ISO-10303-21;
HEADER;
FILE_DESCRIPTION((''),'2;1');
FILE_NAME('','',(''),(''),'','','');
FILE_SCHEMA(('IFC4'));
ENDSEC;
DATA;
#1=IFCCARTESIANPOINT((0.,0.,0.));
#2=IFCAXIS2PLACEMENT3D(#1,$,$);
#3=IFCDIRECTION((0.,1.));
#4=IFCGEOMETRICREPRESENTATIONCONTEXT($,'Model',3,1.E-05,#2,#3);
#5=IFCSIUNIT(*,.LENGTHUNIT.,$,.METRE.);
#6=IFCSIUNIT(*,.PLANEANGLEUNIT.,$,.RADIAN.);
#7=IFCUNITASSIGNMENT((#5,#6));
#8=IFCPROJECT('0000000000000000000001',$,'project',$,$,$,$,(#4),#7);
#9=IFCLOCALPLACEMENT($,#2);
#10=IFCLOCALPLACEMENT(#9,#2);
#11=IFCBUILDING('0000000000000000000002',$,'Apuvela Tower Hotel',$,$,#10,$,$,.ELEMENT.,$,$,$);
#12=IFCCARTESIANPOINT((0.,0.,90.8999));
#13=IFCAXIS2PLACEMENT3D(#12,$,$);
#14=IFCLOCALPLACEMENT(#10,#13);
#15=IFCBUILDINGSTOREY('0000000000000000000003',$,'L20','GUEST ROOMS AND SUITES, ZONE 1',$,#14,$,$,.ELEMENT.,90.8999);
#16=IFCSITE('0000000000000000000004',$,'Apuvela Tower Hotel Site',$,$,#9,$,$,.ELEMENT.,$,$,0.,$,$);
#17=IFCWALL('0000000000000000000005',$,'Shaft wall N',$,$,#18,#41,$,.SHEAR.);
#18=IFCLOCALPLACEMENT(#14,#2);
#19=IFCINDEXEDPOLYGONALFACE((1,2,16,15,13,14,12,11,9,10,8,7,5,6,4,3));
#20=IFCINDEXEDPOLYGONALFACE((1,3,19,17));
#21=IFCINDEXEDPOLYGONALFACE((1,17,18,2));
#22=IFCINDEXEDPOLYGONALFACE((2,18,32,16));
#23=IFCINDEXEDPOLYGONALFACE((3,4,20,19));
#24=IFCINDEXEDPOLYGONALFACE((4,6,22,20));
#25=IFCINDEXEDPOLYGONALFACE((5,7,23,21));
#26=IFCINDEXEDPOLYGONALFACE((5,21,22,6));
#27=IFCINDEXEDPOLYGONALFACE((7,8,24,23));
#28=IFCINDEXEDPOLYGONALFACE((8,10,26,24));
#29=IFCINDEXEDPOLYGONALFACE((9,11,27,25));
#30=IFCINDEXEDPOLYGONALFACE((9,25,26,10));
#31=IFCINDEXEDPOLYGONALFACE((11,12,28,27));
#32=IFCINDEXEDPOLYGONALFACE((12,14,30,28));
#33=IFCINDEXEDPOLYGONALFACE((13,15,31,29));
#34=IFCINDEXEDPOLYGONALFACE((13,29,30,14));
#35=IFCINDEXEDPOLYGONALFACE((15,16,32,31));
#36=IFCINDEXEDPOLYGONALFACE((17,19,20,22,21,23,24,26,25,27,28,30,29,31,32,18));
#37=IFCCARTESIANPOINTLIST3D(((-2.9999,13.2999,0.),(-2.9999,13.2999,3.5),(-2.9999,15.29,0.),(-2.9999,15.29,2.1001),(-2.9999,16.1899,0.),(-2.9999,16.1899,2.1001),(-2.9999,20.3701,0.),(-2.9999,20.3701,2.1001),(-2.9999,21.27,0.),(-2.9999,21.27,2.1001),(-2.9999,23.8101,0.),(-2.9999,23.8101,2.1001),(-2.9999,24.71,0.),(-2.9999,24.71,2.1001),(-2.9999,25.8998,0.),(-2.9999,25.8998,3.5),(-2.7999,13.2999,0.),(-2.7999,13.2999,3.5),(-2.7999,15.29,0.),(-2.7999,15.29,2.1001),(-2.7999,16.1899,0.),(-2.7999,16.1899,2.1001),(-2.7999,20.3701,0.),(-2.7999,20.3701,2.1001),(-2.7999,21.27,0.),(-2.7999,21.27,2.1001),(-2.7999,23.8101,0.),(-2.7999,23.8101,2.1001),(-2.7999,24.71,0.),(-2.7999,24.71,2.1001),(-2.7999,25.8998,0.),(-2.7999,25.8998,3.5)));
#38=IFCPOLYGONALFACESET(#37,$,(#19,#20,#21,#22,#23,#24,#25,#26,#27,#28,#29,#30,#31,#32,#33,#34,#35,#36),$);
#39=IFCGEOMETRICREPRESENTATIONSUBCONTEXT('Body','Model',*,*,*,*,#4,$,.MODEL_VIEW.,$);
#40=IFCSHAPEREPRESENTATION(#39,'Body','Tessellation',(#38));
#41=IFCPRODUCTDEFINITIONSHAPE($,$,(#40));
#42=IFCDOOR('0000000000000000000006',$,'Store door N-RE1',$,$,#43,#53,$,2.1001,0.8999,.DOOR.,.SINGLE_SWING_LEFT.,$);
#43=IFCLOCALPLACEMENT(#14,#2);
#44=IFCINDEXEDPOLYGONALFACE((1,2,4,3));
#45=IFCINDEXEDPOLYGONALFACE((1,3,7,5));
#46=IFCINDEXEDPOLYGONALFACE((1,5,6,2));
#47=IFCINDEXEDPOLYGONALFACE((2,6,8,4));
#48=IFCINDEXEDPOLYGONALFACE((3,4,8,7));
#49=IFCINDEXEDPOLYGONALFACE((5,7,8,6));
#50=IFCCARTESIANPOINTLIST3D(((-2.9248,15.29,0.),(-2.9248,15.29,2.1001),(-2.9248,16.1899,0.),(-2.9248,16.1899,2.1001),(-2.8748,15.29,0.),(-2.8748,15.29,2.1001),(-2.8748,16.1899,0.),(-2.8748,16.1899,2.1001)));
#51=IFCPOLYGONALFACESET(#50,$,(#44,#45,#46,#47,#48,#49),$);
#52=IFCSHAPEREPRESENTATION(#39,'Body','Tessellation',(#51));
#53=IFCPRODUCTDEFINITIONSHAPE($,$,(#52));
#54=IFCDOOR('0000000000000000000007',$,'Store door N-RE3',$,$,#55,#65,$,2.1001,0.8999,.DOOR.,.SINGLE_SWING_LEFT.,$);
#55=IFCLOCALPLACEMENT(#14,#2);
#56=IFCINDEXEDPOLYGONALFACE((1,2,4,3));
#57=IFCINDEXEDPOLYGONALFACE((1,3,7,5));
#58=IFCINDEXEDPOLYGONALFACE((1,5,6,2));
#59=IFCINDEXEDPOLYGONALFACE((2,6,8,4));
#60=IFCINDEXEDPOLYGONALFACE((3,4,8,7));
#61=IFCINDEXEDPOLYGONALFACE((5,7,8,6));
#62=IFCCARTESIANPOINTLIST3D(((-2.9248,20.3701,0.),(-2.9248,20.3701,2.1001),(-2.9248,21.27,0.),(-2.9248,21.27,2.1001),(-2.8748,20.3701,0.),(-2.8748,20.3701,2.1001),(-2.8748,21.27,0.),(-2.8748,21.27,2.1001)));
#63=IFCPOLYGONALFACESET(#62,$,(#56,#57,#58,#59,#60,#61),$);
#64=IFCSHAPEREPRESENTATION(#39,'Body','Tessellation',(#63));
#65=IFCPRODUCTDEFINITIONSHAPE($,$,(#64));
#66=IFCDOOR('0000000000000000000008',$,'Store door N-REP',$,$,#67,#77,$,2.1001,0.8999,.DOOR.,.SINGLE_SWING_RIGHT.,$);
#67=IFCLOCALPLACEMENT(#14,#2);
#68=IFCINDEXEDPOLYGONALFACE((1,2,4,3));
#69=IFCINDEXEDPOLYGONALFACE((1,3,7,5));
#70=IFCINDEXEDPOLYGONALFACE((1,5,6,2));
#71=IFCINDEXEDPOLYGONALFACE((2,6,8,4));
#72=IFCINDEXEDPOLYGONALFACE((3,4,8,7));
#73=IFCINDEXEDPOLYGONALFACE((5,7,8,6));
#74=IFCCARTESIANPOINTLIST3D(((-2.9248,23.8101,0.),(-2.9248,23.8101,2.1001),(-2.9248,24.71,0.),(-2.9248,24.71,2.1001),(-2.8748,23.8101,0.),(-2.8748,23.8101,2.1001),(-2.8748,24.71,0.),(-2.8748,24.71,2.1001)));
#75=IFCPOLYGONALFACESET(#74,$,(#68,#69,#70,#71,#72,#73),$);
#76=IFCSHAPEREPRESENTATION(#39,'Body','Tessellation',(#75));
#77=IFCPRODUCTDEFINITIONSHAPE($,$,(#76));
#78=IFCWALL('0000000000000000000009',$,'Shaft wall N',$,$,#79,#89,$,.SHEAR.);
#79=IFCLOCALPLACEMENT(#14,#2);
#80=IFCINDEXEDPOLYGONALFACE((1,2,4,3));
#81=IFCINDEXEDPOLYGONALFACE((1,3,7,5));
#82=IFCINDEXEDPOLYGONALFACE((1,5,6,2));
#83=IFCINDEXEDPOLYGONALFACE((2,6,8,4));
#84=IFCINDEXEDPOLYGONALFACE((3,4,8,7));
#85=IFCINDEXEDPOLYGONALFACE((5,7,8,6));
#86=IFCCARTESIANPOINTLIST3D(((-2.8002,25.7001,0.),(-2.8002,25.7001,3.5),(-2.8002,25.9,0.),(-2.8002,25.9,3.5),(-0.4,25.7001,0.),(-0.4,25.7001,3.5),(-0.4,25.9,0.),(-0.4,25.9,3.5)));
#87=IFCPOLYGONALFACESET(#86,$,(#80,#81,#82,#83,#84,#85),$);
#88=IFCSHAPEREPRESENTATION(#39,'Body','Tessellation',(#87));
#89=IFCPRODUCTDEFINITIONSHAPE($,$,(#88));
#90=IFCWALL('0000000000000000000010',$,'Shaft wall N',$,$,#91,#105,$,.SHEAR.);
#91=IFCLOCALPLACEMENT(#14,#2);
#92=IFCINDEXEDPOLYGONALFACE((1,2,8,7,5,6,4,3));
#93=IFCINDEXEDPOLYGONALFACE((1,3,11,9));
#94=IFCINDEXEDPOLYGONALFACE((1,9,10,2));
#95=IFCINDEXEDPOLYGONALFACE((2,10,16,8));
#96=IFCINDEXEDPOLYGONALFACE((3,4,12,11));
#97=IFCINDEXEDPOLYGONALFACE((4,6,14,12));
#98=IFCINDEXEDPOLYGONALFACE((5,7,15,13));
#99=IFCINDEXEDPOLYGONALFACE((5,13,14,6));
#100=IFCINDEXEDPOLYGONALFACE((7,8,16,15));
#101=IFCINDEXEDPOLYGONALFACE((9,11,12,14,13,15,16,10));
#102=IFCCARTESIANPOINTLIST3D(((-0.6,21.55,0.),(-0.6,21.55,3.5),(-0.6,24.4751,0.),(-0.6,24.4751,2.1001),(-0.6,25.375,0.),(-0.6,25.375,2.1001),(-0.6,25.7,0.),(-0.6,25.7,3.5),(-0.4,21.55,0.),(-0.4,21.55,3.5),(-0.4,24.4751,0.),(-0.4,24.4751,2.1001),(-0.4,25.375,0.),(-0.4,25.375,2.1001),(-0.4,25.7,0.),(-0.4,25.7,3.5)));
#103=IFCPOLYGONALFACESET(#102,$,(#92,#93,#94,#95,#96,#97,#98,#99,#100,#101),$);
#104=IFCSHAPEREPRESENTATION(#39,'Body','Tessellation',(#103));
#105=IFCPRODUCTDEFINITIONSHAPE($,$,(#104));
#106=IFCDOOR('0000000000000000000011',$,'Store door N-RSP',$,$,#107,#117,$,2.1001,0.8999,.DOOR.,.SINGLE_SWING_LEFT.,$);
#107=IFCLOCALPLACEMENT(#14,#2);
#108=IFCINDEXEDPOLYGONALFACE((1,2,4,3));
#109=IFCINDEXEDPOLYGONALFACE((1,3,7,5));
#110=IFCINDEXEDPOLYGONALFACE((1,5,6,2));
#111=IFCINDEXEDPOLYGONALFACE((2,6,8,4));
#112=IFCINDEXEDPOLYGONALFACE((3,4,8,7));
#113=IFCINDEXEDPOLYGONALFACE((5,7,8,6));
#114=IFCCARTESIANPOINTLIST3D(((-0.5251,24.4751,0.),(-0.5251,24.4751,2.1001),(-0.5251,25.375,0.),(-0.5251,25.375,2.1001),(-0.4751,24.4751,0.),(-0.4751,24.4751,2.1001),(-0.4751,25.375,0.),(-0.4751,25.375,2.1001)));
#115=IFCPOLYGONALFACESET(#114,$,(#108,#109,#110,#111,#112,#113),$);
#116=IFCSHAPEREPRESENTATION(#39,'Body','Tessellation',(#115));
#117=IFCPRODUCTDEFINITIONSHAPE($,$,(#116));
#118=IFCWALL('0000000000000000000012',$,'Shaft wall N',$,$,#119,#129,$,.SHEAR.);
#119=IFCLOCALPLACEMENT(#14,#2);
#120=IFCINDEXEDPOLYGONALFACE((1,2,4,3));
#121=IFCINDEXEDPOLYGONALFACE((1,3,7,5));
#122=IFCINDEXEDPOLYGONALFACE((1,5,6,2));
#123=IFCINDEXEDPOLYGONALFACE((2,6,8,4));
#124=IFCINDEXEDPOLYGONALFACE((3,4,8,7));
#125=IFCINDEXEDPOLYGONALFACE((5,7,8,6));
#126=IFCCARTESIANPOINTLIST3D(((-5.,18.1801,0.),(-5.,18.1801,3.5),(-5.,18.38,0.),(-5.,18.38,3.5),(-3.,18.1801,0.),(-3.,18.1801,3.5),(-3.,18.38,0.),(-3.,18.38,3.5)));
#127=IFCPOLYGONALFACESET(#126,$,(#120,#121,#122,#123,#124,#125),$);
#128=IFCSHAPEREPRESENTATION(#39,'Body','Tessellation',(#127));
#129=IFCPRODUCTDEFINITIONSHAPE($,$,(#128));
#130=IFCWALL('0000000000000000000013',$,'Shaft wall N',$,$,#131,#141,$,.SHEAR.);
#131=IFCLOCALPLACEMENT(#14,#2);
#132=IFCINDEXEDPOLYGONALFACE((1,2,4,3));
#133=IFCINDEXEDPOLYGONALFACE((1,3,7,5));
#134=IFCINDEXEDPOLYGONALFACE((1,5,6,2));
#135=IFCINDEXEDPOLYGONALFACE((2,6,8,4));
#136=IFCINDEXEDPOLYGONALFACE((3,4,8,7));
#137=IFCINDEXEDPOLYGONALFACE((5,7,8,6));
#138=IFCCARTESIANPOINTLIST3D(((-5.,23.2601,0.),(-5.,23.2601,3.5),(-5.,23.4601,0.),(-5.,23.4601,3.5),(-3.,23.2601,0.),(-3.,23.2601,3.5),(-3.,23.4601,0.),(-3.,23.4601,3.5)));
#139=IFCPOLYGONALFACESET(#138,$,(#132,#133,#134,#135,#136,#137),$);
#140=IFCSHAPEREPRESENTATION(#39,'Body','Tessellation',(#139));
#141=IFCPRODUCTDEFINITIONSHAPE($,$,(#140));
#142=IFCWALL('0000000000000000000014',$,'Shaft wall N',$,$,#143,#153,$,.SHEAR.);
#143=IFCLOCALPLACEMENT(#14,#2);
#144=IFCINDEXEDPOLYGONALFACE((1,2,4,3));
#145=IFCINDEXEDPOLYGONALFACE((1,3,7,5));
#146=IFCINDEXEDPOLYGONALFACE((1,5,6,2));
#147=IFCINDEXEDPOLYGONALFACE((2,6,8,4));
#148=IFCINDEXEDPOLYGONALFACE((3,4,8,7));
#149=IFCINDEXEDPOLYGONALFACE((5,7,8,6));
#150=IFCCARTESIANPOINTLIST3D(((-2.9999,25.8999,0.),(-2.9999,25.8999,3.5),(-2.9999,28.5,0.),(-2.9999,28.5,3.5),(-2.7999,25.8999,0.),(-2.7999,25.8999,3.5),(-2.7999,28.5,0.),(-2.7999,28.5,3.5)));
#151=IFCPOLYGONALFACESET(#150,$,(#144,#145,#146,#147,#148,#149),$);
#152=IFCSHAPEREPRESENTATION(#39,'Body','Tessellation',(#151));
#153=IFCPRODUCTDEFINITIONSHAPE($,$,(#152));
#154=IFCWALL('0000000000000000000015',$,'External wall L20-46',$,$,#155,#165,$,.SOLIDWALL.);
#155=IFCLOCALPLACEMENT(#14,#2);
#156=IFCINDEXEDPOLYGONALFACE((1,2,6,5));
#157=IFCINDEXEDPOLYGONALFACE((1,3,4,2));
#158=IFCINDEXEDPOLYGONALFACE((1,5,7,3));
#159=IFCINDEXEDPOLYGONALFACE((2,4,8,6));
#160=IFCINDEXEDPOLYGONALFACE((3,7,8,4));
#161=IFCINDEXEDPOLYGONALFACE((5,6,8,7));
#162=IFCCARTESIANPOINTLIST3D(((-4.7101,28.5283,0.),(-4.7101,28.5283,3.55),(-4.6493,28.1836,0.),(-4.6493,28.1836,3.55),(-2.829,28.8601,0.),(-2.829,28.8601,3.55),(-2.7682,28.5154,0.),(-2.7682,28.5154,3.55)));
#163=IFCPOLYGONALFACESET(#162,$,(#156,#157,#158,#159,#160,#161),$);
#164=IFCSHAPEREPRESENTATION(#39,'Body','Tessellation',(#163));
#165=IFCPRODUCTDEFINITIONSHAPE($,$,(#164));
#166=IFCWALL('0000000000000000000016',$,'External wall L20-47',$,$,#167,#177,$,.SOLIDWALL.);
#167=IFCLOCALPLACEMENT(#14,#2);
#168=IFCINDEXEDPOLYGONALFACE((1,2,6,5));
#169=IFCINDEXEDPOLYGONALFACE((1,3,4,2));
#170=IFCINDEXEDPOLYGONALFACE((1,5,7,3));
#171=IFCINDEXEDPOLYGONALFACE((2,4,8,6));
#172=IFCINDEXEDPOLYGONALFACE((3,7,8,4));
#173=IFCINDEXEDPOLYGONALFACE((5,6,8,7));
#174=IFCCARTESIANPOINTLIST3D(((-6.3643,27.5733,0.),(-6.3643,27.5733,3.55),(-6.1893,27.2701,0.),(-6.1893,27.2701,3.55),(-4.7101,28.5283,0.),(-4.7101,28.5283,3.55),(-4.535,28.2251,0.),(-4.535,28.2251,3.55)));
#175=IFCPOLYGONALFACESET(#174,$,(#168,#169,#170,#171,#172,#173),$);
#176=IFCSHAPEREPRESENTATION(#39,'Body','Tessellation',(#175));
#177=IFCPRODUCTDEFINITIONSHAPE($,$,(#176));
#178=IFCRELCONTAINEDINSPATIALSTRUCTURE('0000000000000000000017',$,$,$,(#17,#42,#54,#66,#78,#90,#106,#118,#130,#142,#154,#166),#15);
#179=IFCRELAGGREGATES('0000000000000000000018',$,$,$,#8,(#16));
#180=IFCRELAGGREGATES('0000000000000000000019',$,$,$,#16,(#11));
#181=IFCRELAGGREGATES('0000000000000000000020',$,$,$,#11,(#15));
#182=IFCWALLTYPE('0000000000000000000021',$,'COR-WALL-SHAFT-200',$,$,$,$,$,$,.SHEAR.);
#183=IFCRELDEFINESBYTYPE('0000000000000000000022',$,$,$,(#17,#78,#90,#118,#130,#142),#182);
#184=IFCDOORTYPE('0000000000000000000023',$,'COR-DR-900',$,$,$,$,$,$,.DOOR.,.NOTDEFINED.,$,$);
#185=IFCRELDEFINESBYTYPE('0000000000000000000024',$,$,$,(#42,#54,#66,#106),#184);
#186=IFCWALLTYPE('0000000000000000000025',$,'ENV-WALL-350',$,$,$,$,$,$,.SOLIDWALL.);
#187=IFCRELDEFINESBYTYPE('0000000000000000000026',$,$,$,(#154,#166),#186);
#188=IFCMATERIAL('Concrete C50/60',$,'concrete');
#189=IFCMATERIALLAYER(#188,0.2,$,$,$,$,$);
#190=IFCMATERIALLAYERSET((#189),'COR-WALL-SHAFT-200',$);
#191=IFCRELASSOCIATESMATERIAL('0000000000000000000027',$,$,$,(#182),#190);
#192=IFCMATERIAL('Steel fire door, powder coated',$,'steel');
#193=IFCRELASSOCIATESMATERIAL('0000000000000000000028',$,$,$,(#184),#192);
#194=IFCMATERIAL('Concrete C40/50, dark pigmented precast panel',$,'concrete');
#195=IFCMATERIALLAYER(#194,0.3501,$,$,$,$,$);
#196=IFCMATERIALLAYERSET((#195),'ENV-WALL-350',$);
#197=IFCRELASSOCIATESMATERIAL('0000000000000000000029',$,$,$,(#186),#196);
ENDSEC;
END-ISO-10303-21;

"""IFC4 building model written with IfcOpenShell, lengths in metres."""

from ifc_helpers import new_model, si_unit, direction, frame, frame_2d, origin, place, context, subcontext, project, spatial, rectangle, extrude, material, layer, layer_set, type_object, element, fill, save


model = new_model("IFC4")

# Units and contexts
model_context = context("Model", 3, precision=1e-05, world=origin(), true_north=direction((0.0, 1.0)))
body_context = subcontext(model_context, "Body", "Model", "MODEL_VIEW")
ifc_project = project(units=[si_unit("LENGTHUNIT", "METRE"), si_unit("PLANEANGLEUNIT", "RADIAN")], contexts=[model_context])

# Site, building, storey
site_placement = place(None, origin())
site = spatial("IfcSite", under=ifc_project, at=site_placement, Name="Apuvela Tower Hotel Site", CompositionType="ELEMENT", RefElevation=0.0)
building_placement = place(site_placement, origin())
building = spatial("IfcBuilding", under=site, at=building_placement, Name="Apuvela Tower Hotel", CompositionType="ELEMENT")
storey_placement = place(building_placement, frame((0.0, 0.0, 90.8999)))
storey = spatial("IfcBuildingStorey", under=building, at=storey_placement, Name="L20", Description="GUEST ROOMS AND SUITES, ZONE 1", CompositionType="ELEMENT", Elevation=90.8999)

# Shared definitions
ifc_material_1 = material(Name="Concrete C50/60", Category="concrete")
ifc_layer_1 = layer(ifc_material_1, 0.2)
ifc_layer_set_1 = layer_set([ifc_layer_1], Name="COR-WALL-SHAFT-200")
wall_type_1 = type_object("IfcWallType", Name="COR-WALL-SHAFT-200", PredefinedType="SHEAR", material=ifc_layer_set_1)

# Wall, openings, doors
wall_1_placement = place(storey_placement, frame((-2.8999, 13.3, 0.0), z_axis=(0.0, 0.0, 1.0), x_axis=(0.0, 1.0, 0.0)))
wall_1 = element("IfcWall", 1, at=wall_1_placement, inside=storey, type_object=wall_type_1, Name="Shaft wall N", PredefinedType="SHEAR", context=body_context, shape_type="SweptSolid", body=[
    extrude(rectangle(XDim=12.5999, YDim=0.2, at=frame_2d((6.2998, 0.0))), origin(), (0.0, 0.0, 1.0), 3.5),
])
opening_1_placement = place(wall_1_placement, frame((1.99, 0.0, 0.0)))
opening_1 = element("IfcOpeningElement", 2, at=opening_1_placement, cuts=wall_1, PredefinedType="OPENING", context=body_context, shape_type="SweptSolid", body=[
    extrude(rectangle(XDim=0.8999, YDim=2.1001, at=frame_2d((0.45, 1.05))), frame((0.0, 0.1099, 0.0), z_axis=(0.0, -1.0, 0.0), x_axis=(1.0, 0.0, 0.0)), (0.0, 0.0, 1.0), 0.22),
])
opening_2_placement = place(wall_1_placement, frame((7.0701, 0.0, 0.0)))
opening_2 = element("IfcOpeningElement", 3, at=opening_2_placement, cuts=wall_1, PredefinedType="OPENING", context=body_context, shape_type="SweptSolid", body=[
    extrude(rectangle(XDim=0.8999, YDim=2.1001, at=frame_2d((0.45, 1.05))), frame((0.0, 0.1099, 0.0), z_axis=(0.0, -1.0, 0.0), x_axis=(1.0, 0.0, 0.0)), (0.0, 0.0, 1.0), 0.22),
])
opening_3_placement = place(wall_1_placement, frame((10.51, 0.0, 0.0)))
opening_3 = element("IfcOpeningElement", 4, at=opening_3_placement, cuts=wall_1, PredefinedType="OPENING", context=body_context, shape_type="SweptSolid", body=[
    extrude(rectangle(XDim=0.8999, YDim=2.1001, at=frame_2d((0.45, 1.05))), frame((0.0, 0.1099, 0.0), z_axis=(0.0, -1.0, 0.0), x_axis=(1.0, 0.0, 0.0)), (0.0, 0.0, 1.0), 0.22),
])
ifc_material_2 = material(Name="Steel fire door, powder coated", Category="steel")
door_type_1 = type_object("IfcDoorType", Name="COR-DR-900", OperationType="NOTDEFINED", PredefinedType="DOOR", material=ifc_material_2)
door_1_placement = place(opening_1_placement, origin())
door_1 = element("IfcDoor", 5, at=door_1_placement, inside=storey, type_object=door_type_1, Name="Store door N-RE1", OperationType="SINGLE_SWING_LEFT", OverallHeight=2.1001, OverallWidth=0.8999, PredefinedType="DOOR", context=body_context, shape_type="SweptSolid", body=[
    extrude(rectangle(XDim=0.8999, YDim=2.1001, at=frame_2d((0.45, 1.05))), frame((0.0, 0.0249, 0.0), z_axis=(0.0, -1.0, 0.0), x_axis=(1.0, 0.0, 0.0)), (0.0, 0.0, 1.0), 0.05),
])
fill(opening_1, door_1)
door_2_placement = place(opening_2_placement, origin())
door_2 = element("IfcDoor", 6, at=door_2_placement, inside=storey, type_object=door_type_1, Name="Store door N-RE3", OperationType="SINGLE_SWING_LEFT", OverallHeight=2.1001, OverallWidth=0.8999, PredefinedType="DOOR", context=body_context, shape_type="SweptSolid", body=[
    extrude(rectangle(XDim=0.8999, YDim=2.1001, at=frame_2d((0.45, 1.05))), frame((0.0, 0.0249, 0.0), z_axis=(0.0, -1.0, 0.0), x_axis=(1.0, 0.0, 0.0)), (0.0, 0.0, 1.0), 0.05),
])
fill(opening_2, door_2)
door_3_placement = place(opening_3_placement, origin())
door_3 = element("IfcDoor", 7, at=door_3_placement, inside=storey, type_object=door_type_1, Name="Store door N-REP", OperationType="SINGLE_SWING_RIGHT", OverallHeight=2.1001, OverallWidth=0.8999, PredefinedType="DOOR", context=body_context, shape_type="SweptSolid", body=[
    extrude(rectangle(XDim=0.8999, YDim=2.1001, at=frame_2d((0.45, 1.05))), frame((0.0, 0.0249, 0.0), z_axis=(0.0, -1.0, 0.0), x_axis=(1.0, 0.0, 0.0)), (0.0, 0.0, 1.0), 0.05),
])
fill(opening_3, door_3)

# Wall
wall_2_placement = place(storey_placement, frame((-0.3999, 25.8, 0.0), z_axis=(0.0, 0.0, 1.0), x_axis=(-1.0, 0.0, 0.0)))
element("IfcWall", 8, at=wall_2_placement, inside=storey, type_object=wall_type_1, Name="Shaft wall N", PredefinedType="SHEAR", context=body_context, shape_type="SweptSolid", body=[
    extrude(rectangle(XDim=2.4001, YDim=0.2, at=frame_2d((1.2002, 0.0))), origin(), (0.0, 0.0, 1.0), 3.5),
])

# Wall, opening, door
wall_3_placement = place(storey_placement, frame((-0.5, 21.55, 0.0), z_axis=(0.0, 0.0, 1.0), x_axis=(0.0, 1.0, 0.0)))
wall_3 = element("IfcWall", 9, at=wall_3_placement, inside=storey, type_object=wall_type_1, Name="Shaft wall N", PredefinedType="SHEAR", context=body_context, shape_type="SweptSolid", body=[
    extrude(rectangle(XDim=4.1499, YDim=0.2, at=frame_2d((2.075, 0.0))), origin(), (0.0, 0.0, 1.0), 3.5),
])
opening_4_placement = place(wall_3_placement, frame((2.925, 0.0, 0.0)))
opening_4 = element("IfcOpeningElement", 10, at=opening_4_placement, cuts=wall_3, PredefinedType="OPENING", context=body_context, shape_type="SweptSolid", body=[
    extrude(rectangle(XDim=0.8999, YDim=2.1001, at=frame_2d((0.45, 1.05))), frame((0.0, 0.1099, 0.0), z_axis=(0.0, -1.0, 0.0), x_axis=(1.0, 0.0, 0.0)), (0.0, 0.0, 1.0), 0.22),
])
door_4_placement = place(opening_4_placement, frame((0.8999, 0.0, 0.0), z_axis=(0.0, 0.0, 1.0), x_axis=(-1.0, 0.0, 0.0)))
door_4 = element("IfcDoor", 11, at=door_4_placement, inside=storey, type_object=door_type_1, Name="Store door N-RSP", OperationType="SINGLE_SWING_LEFT", OverallHeight=2.1001, OverallWidth=0.8999, PredefinedType="DOOR", context=body_context, shape_type="SweptSolid", body=[
    extrude(rectangle(XDim=0.8999, YDim=2.1001, at=frame_2d((0.45, 1.05))), frame((0.0, 0.0249, 0.0), z_axis=(0.0, -1.0, 0.0), x_axis=(1.0, 0.0, 0.0)), (0.0, 0.0, 1.0), 0.05),
])
fill(opening_4, door_4)

# Walls
for number, where, z_axis, x_axis, name in (
    (12, (-3.0, 18.28, 0.0), (0.0, 0.0, 1.0), (-1.0, 0.0, 0.0), "Shaft wall N"),
    (13, (-3.0, 23.3601, 0.0), (0.0, 0.0, 1.0), (-1.0, 0.0, 0.0), "Shaft wall N"),
):
    element("IfcWall", number, at=place(storey_placement, frame(where, z_axis=z_axis, x_axis=x_axis)), inside=storey, type_object=wall_type_1, Name=name, PredefinedType="SHEAR", context=body_context, shape_type="SweptSolid", body=[
        extrude(rectangle(XDim=2.0, YDim=0.2, at=frame_2d((1.0, 0.0))), origin(), (0.0, 0.0, 1.0), 3.5),
    ])
wall_4_placement = place(storey_placement, frame((-2.8999, 25.8999, 0.0), z_axis=(0.0, 0.0, 1.0), x_axis=(0.0, 1.0, 0.0)))
element("IfcWall", 14, at=wall_4_placement, inside=storey, type_object=wall_type_1, Name="Shaft wall N", PredefinedType="SHEAR", context=body_context, shape_type="SweptSolid", body=[
    extrude(rectangle(XDim=2.6001, YDim=0.2, at=frame_2d((1.3, 0.0))), origin(), (0.0, 0.0, 1.0), 3.5),
])

# Shared definitions
ifc_material_3 = material(Name="Concrete C40/50, dark pigmented precast panel", Category="concrete")
ifc_layer_2 = layer(ifc_material_3, 0.3501)
ifc_layer_set_2 = layer_set([ifc_layer_2], Name="ENV-WALL-350")
wall_type_2 = type_object("IfcWallType", Name="ENV-WALL-350", PredefinedType="SOLIDWALL", material=ifc_layer_set_2)

# Walls
for number, where, z_axis, x_axis, name in (
    (15, (-2.7986, 28.6877, 0.0), (0.0, 0.0, 1.0), (-0.984799, -0.173698, 0.0), "External wall L20-46"),
    (16, (-4.6226, 28.3767, 0.0), (0.0, 0.0, 1.0), (-0.866032, -0.499988, 0.0), "External wall L20-47"),
):
    element("IfcWall", number, at=place(storey_placement, frame(where, z_axis=z_axis, x_axis=x_axis)), inside=storey, type_object=wall_type_2, Name=name, PredefinedType="SOLIDWALL", context=body_context, shape_type="SweptSolid", body=[
        extrude(rectangle(XDim=1.9102, YDim=0.3501, at=frame_2d((0.9551, 0.0))), origin(), (0.0, 0.0, 1.0), 3.55),
    ])

save(model, "model.ifc")
